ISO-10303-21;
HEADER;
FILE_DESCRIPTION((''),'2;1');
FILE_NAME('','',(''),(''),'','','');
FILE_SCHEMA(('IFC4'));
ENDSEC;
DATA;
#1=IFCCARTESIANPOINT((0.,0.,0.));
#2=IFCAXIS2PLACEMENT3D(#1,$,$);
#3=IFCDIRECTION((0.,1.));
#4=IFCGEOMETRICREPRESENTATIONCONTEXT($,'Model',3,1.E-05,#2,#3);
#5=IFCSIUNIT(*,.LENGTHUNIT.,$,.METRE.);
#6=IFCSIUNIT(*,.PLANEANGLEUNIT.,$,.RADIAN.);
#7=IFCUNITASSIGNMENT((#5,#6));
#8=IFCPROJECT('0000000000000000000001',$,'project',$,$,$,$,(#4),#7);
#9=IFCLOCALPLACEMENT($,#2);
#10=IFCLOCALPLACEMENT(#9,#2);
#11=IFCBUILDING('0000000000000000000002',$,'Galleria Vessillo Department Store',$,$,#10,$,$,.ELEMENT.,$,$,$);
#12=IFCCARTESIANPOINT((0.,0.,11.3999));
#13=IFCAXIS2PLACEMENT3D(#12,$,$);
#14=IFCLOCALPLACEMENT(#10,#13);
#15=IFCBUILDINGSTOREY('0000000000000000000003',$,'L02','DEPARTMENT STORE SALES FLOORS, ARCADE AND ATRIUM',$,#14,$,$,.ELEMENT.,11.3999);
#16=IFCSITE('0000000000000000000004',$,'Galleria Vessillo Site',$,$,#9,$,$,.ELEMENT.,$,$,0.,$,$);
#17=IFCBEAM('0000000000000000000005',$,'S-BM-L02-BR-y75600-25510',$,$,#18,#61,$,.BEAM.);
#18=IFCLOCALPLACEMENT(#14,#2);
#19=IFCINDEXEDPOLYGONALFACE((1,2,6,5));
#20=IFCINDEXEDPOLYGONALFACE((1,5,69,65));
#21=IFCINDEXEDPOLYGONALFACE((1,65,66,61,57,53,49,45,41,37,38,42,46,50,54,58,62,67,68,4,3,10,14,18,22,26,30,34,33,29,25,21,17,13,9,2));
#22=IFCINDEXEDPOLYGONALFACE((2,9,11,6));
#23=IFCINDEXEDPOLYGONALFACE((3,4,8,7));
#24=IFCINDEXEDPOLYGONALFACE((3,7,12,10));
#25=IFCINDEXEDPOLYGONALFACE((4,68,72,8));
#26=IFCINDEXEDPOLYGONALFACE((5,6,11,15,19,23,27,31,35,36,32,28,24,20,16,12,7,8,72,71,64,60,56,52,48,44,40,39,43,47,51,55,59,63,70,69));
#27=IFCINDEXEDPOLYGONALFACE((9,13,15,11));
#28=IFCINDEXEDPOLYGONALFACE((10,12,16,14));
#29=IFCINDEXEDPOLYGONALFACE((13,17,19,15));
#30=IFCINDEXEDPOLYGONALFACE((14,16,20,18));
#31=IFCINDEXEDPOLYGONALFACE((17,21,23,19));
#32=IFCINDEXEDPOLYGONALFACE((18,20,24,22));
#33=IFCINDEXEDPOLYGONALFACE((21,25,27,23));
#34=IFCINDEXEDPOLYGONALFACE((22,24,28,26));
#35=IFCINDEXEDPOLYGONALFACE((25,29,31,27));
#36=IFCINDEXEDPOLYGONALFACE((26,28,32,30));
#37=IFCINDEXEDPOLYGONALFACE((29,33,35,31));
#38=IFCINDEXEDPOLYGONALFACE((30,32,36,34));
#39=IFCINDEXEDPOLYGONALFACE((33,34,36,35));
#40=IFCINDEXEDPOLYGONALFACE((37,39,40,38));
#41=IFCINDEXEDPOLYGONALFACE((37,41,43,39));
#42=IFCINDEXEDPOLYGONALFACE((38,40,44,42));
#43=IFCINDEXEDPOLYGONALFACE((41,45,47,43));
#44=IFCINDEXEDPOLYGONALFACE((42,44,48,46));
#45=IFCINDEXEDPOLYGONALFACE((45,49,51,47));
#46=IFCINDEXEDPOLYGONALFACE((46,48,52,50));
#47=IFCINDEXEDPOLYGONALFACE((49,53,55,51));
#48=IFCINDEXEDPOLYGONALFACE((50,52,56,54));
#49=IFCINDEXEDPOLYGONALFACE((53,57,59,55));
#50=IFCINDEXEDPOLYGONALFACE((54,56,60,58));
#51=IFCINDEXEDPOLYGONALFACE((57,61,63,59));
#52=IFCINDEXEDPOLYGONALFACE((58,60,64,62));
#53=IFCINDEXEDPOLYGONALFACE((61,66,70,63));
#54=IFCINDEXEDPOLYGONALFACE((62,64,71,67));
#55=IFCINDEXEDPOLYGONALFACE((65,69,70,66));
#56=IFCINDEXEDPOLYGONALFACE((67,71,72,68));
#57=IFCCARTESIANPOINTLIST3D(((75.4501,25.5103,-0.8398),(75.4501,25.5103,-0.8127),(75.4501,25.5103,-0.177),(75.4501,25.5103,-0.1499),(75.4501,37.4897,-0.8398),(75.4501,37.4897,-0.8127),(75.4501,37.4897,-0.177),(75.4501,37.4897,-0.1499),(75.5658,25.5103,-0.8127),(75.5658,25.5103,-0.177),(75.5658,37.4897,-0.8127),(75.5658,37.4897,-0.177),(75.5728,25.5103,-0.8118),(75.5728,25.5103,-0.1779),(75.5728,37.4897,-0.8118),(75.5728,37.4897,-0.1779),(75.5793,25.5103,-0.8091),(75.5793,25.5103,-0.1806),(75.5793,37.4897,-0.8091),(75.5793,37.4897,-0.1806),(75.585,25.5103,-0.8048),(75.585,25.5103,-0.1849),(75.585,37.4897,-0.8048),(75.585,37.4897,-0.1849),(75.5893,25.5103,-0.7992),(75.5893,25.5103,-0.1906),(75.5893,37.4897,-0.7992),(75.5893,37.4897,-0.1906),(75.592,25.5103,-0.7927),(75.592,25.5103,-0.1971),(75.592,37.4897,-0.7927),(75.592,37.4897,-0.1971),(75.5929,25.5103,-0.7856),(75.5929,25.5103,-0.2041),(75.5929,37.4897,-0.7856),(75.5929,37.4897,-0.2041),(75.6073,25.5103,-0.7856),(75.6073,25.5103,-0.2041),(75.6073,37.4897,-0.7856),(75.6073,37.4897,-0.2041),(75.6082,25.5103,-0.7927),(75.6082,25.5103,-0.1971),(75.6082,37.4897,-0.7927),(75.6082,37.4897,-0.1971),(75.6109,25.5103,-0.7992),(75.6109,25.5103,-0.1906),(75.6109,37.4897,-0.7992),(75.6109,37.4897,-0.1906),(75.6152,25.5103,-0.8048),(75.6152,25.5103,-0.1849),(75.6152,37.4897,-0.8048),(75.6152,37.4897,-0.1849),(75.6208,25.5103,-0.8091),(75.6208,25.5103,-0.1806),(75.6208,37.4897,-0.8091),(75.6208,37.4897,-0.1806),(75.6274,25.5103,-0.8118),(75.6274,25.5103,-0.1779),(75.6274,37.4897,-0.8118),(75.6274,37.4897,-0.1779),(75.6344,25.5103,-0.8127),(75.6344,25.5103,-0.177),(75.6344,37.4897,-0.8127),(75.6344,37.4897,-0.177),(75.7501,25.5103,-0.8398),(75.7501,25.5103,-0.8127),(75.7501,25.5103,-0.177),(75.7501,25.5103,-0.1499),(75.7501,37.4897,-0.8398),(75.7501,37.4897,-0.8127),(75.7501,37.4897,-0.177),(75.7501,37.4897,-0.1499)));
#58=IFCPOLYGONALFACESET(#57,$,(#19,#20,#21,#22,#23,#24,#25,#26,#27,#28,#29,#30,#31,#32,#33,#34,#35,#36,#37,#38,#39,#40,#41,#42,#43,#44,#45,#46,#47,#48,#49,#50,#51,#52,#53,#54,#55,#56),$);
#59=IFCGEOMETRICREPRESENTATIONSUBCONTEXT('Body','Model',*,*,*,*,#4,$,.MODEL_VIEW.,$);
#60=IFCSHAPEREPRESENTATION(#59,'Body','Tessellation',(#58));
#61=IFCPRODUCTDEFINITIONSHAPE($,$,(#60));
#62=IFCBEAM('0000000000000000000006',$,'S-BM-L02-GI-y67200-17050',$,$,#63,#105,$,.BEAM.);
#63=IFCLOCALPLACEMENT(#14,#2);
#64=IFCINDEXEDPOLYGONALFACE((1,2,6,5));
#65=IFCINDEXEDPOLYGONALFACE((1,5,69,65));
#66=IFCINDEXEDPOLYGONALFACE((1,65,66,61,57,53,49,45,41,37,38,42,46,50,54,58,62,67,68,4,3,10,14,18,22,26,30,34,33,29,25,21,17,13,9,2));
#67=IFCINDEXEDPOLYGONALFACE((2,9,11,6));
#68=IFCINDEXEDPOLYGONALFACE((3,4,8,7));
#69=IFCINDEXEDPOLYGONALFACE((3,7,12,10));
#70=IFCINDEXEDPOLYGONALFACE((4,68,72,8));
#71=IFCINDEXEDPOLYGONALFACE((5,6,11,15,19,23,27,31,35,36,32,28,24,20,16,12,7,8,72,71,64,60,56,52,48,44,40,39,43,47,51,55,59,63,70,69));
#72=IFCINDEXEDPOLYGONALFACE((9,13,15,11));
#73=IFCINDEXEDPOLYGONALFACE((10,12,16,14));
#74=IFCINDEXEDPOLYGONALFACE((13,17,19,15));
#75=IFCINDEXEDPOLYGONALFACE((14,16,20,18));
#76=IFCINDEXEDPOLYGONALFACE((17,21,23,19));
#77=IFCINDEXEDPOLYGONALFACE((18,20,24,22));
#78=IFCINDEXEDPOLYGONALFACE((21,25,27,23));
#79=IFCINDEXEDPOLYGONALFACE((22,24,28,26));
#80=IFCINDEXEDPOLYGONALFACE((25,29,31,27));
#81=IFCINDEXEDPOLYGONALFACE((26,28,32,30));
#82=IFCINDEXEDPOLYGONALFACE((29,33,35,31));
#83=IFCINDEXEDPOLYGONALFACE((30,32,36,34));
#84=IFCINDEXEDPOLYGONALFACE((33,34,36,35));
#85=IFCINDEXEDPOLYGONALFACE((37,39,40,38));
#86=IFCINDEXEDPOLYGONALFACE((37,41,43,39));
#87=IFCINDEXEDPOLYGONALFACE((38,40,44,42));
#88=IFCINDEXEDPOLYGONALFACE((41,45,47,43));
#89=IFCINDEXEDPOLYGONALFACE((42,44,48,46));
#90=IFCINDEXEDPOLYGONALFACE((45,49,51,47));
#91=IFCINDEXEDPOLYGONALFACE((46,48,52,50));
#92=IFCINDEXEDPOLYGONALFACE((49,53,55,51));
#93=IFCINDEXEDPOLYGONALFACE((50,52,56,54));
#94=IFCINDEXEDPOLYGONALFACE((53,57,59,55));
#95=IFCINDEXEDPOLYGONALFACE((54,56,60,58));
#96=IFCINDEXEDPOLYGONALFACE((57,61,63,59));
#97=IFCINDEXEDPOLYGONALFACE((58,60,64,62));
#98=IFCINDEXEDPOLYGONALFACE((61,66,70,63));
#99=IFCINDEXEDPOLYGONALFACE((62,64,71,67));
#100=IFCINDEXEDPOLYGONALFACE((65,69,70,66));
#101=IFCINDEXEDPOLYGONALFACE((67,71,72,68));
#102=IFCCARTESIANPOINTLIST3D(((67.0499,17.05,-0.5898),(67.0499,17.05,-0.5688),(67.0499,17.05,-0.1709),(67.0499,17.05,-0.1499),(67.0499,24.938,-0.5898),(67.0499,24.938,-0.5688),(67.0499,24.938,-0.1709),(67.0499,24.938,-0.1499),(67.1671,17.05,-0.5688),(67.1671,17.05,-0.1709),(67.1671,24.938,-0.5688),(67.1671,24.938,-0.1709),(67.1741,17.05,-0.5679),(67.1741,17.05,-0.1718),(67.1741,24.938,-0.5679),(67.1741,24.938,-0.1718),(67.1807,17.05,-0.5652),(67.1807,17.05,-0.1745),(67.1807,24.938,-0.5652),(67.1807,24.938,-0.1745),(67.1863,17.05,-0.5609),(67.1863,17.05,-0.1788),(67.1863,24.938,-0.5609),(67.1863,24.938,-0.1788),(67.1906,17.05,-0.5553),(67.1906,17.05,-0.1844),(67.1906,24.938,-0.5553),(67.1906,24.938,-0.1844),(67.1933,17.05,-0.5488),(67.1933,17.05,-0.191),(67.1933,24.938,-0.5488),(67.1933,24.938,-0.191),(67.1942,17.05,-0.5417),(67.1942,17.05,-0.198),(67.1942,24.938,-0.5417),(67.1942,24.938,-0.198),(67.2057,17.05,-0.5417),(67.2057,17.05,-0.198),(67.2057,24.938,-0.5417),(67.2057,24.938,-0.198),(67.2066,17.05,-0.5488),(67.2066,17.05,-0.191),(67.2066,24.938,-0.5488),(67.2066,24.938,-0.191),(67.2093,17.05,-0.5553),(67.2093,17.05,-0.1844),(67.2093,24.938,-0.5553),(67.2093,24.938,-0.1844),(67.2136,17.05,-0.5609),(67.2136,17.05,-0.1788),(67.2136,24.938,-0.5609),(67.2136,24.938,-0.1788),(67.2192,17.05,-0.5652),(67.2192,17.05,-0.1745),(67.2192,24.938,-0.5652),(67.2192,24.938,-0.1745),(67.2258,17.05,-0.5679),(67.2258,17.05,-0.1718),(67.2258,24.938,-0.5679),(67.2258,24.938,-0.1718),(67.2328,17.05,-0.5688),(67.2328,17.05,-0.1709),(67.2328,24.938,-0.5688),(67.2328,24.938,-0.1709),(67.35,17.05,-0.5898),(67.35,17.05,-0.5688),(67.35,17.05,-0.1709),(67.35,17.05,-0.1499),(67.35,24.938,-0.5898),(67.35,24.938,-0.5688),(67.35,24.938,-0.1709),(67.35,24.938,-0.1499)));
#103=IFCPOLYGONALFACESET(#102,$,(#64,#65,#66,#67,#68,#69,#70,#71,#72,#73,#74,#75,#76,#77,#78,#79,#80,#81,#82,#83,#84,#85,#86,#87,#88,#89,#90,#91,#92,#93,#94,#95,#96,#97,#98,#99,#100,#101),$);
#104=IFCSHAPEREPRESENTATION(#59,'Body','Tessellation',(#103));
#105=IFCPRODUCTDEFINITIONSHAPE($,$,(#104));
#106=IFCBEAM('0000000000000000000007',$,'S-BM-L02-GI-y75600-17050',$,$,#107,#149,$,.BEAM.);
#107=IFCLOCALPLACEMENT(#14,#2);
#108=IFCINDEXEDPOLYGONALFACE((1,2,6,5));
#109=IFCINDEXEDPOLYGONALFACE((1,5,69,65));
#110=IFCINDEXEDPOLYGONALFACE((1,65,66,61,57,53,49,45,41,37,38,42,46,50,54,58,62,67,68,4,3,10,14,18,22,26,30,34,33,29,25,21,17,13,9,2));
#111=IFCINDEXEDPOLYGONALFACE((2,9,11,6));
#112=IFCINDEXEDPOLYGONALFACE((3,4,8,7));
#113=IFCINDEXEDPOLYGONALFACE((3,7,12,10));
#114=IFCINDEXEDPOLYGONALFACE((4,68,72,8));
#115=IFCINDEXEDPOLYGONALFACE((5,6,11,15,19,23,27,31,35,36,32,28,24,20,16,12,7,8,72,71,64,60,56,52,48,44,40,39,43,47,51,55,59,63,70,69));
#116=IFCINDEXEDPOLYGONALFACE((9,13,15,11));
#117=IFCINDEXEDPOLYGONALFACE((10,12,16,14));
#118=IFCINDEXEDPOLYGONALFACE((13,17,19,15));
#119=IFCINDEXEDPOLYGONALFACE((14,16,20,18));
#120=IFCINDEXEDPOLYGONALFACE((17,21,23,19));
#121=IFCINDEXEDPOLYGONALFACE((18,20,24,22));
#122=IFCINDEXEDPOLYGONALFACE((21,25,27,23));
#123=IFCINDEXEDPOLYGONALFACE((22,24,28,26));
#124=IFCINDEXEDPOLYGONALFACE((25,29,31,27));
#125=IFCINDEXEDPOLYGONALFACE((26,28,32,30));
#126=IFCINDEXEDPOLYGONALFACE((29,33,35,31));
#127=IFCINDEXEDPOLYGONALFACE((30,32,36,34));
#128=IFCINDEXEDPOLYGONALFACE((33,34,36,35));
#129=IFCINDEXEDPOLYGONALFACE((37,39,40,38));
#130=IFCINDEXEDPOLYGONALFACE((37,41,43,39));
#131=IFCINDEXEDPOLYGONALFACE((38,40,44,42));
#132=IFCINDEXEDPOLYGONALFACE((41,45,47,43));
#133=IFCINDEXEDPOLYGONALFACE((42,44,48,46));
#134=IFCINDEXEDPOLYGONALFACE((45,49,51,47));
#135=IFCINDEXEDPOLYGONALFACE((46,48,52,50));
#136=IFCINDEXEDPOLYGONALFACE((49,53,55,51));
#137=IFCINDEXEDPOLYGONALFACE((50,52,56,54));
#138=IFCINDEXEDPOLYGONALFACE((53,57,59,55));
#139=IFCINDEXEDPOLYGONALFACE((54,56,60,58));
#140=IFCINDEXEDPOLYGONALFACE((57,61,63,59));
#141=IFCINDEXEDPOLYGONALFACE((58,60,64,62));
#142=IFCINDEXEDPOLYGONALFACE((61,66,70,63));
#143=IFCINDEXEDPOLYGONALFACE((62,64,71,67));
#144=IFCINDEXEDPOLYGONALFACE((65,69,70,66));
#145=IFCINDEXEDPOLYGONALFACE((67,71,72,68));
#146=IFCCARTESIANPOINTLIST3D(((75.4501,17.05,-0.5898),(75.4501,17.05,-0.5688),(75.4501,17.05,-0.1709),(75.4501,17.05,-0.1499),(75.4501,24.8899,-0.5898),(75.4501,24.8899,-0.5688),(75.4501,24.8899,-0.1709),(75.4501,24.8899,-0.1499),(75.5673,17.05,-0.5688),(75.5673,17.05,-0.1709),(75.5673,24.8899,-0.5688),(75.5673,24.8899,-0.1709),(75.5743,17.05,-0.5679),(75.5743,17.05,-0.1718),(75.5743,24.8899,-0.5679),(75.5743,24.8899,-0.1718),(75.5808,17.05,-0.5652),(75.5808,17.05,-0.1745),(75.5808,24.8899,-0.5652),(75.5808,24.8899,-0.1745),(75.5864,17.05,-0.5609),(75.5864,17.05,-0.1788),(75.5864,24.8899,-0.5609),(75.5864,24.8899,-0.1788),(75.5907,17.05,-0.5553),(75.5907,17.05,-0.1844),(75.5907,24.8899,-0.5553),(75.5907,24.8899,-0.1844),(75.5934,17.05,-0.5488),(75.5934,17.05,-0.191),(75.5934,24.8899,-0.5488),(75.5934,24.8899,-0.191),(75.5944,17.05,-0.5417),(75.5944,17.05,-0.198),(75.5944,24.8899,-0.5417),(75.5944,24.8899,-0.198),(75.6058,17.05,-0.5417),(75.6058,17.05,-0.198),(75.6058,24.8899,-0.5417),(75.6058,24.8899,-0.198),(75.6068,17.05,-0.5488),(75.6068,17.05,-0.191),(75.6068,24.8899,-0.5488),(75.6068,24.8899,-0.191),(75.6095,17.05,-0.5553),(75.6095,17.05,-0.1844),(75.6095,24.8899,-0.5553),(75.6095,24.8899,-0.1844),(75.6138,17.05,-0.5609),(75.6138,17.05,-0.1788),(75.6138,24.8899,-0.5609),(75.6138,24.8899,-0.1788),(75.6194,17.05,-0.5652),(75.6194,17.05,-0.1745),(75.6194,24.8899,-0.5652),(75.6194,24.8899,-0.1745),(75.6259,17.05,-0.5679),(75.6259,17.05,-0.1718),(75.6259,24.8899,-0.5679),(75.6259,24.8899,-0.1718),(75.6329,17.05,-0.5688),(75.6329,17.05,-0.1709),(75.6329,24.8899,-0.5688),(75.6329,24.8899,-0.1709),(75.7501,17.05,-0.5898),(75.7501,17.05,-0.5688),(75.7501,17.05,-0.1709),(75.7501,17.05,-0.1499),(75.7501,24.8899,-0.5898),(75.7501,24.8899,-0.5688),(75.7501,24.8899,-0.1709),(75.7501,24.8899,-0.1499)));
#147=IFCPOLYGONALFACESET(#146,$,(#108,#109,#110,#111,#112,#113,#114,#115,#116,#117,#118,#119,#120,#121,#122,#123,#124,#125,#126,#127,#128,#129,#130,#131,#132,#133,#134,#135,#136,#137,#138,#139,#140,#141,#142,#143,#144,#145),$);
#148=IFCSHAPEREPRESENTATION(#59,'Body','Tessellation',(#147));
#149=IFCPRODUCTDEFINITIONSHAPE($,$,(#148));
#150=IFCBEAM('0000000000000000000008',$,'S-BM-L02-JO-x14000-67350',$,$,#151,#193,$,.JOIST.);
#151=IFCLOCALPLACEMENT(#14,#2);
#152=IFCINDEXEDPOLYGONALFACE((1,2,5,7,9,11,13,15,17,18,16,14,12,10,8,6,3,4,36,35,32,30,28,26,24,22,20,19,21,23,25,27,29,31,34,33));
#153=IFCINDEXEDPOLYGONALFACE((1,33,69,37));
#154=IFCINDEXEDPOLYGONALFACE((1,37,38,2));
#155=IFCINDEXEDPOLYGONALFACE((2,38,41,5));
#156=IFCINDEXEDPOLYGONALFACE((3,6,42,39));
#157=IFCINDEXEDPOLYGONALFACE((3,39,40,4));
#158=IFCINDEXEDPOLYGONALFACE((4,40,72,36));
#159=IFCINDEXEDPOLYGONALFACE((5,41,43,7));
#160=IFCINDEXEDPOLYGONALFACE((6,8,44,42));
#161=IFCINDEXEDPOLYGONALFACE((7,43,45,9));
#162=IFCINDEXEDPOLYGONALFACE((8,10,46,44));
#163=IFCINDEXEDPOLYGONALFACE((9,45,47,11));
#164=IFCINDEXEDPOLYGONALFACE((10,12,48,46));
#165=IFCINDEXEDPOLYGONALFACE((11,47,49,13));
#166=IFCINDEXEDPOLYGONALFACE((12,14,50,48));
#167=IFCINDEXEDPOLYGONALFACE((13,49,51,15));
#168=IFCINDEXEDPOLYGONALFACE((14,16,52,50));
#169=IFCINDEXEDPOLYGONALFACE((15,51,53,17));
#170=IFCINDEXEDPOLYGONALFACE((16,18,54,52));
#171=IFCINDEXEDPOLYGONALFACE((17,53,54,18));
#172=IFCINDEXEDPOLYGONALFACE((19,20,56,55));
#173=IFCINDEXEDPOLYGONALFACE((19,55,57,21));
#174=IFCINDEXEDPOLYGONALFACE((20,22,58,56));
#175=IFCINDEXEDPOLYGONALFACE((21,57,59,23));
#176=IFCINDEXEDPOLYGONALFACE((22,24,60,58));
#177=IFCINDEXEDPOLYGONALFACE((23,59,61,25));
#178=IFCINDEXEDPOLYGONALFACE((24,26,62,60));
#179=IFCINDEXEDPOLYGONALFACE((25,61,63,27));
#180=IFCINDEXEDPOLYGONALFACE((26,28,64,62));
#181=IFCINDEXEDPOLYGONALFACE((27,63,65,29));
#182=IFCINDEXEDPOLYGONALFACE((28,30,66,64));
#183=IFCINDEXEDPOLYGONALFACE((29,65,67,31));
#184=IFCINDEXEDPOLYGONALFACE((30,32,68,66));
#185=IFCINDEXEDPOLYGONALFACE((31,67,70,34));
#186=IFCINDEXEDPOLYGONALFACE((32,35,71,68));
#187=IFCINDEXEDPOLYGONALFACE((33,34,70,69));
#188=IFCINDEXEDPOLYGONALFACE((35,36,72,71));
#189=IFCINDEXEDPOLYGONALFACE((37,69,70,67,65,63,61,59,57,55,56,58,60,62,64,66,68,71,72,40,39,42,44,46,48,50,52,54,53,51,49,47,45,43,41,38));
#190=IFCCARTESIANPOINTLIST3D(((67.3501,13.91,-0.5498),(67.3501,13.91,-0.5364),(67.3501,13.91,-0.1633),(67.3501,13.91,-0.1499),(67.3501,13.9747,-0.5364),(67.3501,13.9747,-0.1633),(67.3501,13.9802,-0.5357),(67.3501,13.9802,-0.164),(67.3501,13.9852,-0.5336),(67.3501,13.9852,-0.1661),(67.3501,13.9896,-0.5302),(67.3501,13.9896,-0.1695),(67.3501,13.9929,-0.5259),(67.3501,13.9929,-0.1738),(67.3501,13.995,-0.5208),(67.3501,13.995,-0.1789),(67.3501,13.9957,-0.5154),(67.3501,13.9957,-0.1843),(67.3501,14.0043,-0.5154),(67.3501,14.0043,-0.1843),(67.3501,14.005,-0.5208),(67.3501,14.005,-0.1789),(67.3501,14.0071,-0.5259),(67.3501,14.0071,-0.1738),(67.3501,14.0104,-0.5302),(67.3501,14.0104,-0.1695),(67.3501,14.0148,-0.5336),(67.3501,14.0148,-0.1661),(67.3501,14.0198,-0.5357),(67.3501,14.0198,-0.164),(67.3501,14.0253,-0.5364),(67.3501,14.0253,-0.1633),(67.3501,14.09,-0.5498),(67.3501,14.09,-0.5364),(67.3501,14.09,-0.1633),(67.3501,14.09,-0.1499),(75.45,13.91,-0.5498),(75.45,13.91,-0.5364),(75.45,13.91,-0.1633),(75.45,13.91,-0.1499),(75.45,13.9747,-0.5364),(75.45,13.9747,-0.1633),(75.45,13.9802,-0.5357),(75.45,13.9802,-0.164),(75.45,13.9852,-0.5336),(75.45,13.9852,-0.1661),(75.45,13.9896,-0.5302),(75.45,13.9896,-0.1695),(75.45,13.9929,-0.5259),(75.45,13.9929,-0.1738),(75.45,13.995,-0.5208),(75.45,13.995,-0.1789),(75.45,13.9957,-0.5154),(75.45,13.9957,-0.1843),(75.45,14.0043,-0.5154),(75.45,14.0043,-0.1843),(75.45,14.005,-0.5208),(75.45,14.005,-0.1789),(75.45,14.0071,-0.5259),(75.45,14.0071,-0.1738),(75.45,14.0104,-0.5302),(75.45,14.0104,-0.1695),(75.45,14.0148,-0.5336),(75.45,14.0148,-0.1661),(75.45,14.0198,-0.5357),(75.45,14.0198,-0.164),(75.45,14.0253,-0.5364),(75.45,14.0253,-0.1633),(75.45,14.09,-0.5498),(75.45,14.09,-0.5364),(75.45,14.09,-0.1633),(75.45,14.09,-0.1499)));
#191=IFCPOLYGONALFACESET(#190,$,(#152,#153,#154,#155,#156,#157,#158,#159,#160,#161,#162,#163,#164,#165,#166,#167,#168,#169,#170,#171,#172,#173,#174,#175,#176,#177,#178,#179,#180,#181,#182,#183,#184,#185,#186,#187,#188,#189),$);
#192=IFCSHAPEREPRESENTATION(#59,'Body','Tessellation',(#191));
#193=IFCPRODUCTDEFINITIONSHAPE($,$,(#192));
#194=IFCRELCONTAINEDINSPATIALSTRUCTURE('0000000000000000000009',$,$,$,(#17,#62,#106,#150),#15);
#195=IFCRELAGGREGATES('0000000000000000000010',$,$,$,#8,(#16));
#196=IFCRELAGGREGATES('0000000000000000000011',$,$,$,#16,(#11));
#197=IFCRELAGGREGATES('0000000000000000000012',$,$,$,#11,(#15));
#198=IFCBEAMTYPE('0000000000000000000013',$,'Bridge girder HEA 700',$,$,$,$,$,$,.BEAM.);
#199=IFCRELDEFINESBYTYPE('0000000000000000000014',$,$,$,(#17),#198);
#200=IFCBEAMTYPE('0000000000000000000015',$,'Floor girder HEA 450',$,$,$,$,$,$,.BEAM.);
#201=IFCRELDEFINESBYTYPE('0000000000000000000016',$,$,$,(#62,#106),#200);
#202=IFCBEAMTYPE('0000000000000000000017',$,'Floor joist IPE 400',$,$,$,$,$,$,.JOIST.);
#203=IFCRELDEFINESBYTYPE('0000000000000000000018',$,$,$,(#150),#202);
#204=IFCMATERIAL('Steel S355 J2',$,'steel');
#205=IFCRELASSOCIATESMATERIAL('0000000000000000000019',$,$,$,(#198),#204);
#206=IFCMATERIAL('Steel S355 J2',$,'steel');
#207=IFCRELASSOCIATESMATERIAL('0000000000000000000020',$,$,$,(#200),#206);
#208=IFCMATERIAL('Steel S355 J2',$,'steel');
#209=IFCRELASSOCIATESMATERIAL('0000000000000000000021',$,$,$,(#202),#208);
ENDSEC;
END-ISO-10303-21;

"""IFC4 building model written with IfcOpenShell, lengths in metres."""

from ifc_helpers import new_model, si_unit, direction, frame, origin, origin_2d, place, context, subcontext, project, spatial, i_section, extrude, material, material_profile, profile_set, type_object, element, save


model = new_model("IFC4")

# Units and contexts
model_context = context("Model", 3, precision=1e-05, world=origin(), true_north=direction((0.0, 1.0)))
body_context = subcontext(model_context, "Body", "Model", "MODEL_VIEW")
ifc_project = project(units=[si_unit("LENGTHUNIT", "METRE"), si_unit("PLANEANGLEUNIT", "RADIAN")], contexts=[model_context])

# Site, building, storey
site_placement = place(None, origin())
site = spatial("IfcSite", under=ifc_project, at=site_placement, Name="Galleria Vessillo Site", CompositionType="ELEMENT", RefElevation=0.0)
building_placement = place(site_placement, origin())
building = spatial("IfcBuilding", under=site, at=building_placement, Name="Galleria Vessillo Department Store", CompositionType="ELEMENT")
storey_placement = place(building_placement, frame((0.0, 0.0, 11.3999)))
storey = spatial("IfcBuildingStorey", under=building, at=storey_placement, Name="L02", Description="DEPARTMENT STORE SALES FLOORS, ARCADE AND ATRIUM", CompositionType="ELEMENT", Elevation=11.3999)

# Beams
ifc_material_1 = material(Name="Steel S355 J2", Category="steel")
ifc_material_profile_1 = material_profile(ifc_material_1, i_section(OverallWidth=0.3, OverallDepth=0.6899, WebThickness=0.0144, FlangeThickness=0.0271, FilletRadius=0.0271, at=origin_2d()), Name="HEA 700")
ifc_profile_set_1 = profile_set([ifc_material_profile_1], Name="Steel S355 J2")
beam_type_1 = type_object("IfcBeamType", Name="Bridge girder HEA 700", PredefinedType="BEAM", material=ifc_profile_set_1)
beam_1_placement = place(storey_placement, frame((75.6001, 25.5103, -0.4949), z_axis=(0.0, 1.0, 0.0), x_axis=(-1.0, 0.0, 0.0)))
element("IfcBeam", 1, at=beam_1_placement, inside=storey, type_object=beam_type_1, Name="S-BM-L02-BR-y75600-25510", PredefinedType="BEAM", context=body_context, shape_type="SweptSolid", body=[
    extrude(i_section(OverallWidth=0.3, OverallDepth=0.6899, WebThickness=0.0144, FlangeThickness=0.0271, FilletRadius=0.0271, at=origin_2d()), origin(), (0.0, 0.0, 1.0), 11.9795),
])
ifc_material_2 = material(Name="Steel S355 J2", Category="steel")
ifc_material_profile_2 = material_profile(ifc_material_2, i_section(OverallWidth=0.3, OverallDepth=0.4399, WebThickness=0.0115, FlangeThickness=0.021, FilletRadius=0.0271, at=origin_2d()), Name="HEA 450")
ifc_profile_set_2 = profile_set([ifc_material_profile_2], Name="Steel S355 J2")
beam_type_2 = type_object("IfcBeamType", Name="Floor girder HEA 450", PredefinedType="BEAM", material=ifc_profile_set_2)
beam_2_placement = place(storey_placement, frame((67.2, 17.05, -0.3699), z_axis=(0.0, 1.0, 0.0), x_axis=(-1.0, 0.0, 0.0)))
element("IfcBeam", 2, at=beam_2_placement, inside=storey, type_object=beam_type_2, Name="S-BM-L02-GI-y67200-17050", PredefinedType="BEAM", context=body_context, shape_type="SweptSolid", body=[
    extrude(i_section(OverallWidth=0.3, OverallDepth=0.4399, WebThickness=0.0115, FlangeThickness=0.021, FilletRadius=0.0271, at=origin_2d()), origin(), (0.0, 0.0, 1.0), 7.8879),
])
beam_3_placement = place(storey_placement, frame((75.6001, 17.05, -0.3699), z_axis=(0.0, 1.0, 0.0), x_axis=(-1.0, 0.0, 0.0)))
element("IfcBeam", 3, at=beam_3_placement, inside=storey, type_object=beam_type_2, Name="S-BM-L02-GI-y75600-17050", PredefinedType="BEAM", context=body_context, shape_type="SweptSolid", body=[
    extrude(i_section(OverallWidth=0.3, OverallDepth=0.4399, WebThickness=0.0115, FlangeThickness=0.021, FilletRadius=0.0271, at=origin_2d()), origin(), (0.0, 0.0, 1.0), 7.8398),
])
ifc_material_3 = material(Name="Steel S355 J2", Category="steel")
ifc_material_profile_3 = material_profile(ifc_material_3, i_section(OverallWidth=0.1799, OverallDepth=0.3999, WebThickness=0.0085, FlangeThickness=0.0134, FilletRadius=0.021, at=origin_2d()), Name="IPE 400")
ifc_profile_set_3 = profile_set([ifc_material_profile_3], Name="Steel S355 J2")
beam_type_3 = type_object("IfcBeamType", Name="Floor joist IPE 400", PredefinedType="JOIST", material=ifc_profile_set_3)
for number, where, z_axis, x_axis, name in (
    (4, (67.3501, 14.0, -0.3499), (1.0, 0.0, 0.0), (0.0, 1.0, 0.0), "S-BM-L02-JO-x14000-67350"),
):
    element("IfcBeam", number, at=place(storey_placement, frame(where, z_axis=z_axis, x_axis=x_axis)), inside=storey, type_object=beam_type_3, Name=name, PredefinedType="JOIST", context=body_context, shape_type="SweptSolid", body=[
        extrude(i_section(OverallWidth=0.1799, OverallDepth=0.3999, WebThickness=0.0085, FlangeThickness=0.0134, FilletRadius=0.021, at=origin_2d()), origin(), (0.0, 0.0, 1.0), 8.0999),
    ])

save(model, "model.ifc")
